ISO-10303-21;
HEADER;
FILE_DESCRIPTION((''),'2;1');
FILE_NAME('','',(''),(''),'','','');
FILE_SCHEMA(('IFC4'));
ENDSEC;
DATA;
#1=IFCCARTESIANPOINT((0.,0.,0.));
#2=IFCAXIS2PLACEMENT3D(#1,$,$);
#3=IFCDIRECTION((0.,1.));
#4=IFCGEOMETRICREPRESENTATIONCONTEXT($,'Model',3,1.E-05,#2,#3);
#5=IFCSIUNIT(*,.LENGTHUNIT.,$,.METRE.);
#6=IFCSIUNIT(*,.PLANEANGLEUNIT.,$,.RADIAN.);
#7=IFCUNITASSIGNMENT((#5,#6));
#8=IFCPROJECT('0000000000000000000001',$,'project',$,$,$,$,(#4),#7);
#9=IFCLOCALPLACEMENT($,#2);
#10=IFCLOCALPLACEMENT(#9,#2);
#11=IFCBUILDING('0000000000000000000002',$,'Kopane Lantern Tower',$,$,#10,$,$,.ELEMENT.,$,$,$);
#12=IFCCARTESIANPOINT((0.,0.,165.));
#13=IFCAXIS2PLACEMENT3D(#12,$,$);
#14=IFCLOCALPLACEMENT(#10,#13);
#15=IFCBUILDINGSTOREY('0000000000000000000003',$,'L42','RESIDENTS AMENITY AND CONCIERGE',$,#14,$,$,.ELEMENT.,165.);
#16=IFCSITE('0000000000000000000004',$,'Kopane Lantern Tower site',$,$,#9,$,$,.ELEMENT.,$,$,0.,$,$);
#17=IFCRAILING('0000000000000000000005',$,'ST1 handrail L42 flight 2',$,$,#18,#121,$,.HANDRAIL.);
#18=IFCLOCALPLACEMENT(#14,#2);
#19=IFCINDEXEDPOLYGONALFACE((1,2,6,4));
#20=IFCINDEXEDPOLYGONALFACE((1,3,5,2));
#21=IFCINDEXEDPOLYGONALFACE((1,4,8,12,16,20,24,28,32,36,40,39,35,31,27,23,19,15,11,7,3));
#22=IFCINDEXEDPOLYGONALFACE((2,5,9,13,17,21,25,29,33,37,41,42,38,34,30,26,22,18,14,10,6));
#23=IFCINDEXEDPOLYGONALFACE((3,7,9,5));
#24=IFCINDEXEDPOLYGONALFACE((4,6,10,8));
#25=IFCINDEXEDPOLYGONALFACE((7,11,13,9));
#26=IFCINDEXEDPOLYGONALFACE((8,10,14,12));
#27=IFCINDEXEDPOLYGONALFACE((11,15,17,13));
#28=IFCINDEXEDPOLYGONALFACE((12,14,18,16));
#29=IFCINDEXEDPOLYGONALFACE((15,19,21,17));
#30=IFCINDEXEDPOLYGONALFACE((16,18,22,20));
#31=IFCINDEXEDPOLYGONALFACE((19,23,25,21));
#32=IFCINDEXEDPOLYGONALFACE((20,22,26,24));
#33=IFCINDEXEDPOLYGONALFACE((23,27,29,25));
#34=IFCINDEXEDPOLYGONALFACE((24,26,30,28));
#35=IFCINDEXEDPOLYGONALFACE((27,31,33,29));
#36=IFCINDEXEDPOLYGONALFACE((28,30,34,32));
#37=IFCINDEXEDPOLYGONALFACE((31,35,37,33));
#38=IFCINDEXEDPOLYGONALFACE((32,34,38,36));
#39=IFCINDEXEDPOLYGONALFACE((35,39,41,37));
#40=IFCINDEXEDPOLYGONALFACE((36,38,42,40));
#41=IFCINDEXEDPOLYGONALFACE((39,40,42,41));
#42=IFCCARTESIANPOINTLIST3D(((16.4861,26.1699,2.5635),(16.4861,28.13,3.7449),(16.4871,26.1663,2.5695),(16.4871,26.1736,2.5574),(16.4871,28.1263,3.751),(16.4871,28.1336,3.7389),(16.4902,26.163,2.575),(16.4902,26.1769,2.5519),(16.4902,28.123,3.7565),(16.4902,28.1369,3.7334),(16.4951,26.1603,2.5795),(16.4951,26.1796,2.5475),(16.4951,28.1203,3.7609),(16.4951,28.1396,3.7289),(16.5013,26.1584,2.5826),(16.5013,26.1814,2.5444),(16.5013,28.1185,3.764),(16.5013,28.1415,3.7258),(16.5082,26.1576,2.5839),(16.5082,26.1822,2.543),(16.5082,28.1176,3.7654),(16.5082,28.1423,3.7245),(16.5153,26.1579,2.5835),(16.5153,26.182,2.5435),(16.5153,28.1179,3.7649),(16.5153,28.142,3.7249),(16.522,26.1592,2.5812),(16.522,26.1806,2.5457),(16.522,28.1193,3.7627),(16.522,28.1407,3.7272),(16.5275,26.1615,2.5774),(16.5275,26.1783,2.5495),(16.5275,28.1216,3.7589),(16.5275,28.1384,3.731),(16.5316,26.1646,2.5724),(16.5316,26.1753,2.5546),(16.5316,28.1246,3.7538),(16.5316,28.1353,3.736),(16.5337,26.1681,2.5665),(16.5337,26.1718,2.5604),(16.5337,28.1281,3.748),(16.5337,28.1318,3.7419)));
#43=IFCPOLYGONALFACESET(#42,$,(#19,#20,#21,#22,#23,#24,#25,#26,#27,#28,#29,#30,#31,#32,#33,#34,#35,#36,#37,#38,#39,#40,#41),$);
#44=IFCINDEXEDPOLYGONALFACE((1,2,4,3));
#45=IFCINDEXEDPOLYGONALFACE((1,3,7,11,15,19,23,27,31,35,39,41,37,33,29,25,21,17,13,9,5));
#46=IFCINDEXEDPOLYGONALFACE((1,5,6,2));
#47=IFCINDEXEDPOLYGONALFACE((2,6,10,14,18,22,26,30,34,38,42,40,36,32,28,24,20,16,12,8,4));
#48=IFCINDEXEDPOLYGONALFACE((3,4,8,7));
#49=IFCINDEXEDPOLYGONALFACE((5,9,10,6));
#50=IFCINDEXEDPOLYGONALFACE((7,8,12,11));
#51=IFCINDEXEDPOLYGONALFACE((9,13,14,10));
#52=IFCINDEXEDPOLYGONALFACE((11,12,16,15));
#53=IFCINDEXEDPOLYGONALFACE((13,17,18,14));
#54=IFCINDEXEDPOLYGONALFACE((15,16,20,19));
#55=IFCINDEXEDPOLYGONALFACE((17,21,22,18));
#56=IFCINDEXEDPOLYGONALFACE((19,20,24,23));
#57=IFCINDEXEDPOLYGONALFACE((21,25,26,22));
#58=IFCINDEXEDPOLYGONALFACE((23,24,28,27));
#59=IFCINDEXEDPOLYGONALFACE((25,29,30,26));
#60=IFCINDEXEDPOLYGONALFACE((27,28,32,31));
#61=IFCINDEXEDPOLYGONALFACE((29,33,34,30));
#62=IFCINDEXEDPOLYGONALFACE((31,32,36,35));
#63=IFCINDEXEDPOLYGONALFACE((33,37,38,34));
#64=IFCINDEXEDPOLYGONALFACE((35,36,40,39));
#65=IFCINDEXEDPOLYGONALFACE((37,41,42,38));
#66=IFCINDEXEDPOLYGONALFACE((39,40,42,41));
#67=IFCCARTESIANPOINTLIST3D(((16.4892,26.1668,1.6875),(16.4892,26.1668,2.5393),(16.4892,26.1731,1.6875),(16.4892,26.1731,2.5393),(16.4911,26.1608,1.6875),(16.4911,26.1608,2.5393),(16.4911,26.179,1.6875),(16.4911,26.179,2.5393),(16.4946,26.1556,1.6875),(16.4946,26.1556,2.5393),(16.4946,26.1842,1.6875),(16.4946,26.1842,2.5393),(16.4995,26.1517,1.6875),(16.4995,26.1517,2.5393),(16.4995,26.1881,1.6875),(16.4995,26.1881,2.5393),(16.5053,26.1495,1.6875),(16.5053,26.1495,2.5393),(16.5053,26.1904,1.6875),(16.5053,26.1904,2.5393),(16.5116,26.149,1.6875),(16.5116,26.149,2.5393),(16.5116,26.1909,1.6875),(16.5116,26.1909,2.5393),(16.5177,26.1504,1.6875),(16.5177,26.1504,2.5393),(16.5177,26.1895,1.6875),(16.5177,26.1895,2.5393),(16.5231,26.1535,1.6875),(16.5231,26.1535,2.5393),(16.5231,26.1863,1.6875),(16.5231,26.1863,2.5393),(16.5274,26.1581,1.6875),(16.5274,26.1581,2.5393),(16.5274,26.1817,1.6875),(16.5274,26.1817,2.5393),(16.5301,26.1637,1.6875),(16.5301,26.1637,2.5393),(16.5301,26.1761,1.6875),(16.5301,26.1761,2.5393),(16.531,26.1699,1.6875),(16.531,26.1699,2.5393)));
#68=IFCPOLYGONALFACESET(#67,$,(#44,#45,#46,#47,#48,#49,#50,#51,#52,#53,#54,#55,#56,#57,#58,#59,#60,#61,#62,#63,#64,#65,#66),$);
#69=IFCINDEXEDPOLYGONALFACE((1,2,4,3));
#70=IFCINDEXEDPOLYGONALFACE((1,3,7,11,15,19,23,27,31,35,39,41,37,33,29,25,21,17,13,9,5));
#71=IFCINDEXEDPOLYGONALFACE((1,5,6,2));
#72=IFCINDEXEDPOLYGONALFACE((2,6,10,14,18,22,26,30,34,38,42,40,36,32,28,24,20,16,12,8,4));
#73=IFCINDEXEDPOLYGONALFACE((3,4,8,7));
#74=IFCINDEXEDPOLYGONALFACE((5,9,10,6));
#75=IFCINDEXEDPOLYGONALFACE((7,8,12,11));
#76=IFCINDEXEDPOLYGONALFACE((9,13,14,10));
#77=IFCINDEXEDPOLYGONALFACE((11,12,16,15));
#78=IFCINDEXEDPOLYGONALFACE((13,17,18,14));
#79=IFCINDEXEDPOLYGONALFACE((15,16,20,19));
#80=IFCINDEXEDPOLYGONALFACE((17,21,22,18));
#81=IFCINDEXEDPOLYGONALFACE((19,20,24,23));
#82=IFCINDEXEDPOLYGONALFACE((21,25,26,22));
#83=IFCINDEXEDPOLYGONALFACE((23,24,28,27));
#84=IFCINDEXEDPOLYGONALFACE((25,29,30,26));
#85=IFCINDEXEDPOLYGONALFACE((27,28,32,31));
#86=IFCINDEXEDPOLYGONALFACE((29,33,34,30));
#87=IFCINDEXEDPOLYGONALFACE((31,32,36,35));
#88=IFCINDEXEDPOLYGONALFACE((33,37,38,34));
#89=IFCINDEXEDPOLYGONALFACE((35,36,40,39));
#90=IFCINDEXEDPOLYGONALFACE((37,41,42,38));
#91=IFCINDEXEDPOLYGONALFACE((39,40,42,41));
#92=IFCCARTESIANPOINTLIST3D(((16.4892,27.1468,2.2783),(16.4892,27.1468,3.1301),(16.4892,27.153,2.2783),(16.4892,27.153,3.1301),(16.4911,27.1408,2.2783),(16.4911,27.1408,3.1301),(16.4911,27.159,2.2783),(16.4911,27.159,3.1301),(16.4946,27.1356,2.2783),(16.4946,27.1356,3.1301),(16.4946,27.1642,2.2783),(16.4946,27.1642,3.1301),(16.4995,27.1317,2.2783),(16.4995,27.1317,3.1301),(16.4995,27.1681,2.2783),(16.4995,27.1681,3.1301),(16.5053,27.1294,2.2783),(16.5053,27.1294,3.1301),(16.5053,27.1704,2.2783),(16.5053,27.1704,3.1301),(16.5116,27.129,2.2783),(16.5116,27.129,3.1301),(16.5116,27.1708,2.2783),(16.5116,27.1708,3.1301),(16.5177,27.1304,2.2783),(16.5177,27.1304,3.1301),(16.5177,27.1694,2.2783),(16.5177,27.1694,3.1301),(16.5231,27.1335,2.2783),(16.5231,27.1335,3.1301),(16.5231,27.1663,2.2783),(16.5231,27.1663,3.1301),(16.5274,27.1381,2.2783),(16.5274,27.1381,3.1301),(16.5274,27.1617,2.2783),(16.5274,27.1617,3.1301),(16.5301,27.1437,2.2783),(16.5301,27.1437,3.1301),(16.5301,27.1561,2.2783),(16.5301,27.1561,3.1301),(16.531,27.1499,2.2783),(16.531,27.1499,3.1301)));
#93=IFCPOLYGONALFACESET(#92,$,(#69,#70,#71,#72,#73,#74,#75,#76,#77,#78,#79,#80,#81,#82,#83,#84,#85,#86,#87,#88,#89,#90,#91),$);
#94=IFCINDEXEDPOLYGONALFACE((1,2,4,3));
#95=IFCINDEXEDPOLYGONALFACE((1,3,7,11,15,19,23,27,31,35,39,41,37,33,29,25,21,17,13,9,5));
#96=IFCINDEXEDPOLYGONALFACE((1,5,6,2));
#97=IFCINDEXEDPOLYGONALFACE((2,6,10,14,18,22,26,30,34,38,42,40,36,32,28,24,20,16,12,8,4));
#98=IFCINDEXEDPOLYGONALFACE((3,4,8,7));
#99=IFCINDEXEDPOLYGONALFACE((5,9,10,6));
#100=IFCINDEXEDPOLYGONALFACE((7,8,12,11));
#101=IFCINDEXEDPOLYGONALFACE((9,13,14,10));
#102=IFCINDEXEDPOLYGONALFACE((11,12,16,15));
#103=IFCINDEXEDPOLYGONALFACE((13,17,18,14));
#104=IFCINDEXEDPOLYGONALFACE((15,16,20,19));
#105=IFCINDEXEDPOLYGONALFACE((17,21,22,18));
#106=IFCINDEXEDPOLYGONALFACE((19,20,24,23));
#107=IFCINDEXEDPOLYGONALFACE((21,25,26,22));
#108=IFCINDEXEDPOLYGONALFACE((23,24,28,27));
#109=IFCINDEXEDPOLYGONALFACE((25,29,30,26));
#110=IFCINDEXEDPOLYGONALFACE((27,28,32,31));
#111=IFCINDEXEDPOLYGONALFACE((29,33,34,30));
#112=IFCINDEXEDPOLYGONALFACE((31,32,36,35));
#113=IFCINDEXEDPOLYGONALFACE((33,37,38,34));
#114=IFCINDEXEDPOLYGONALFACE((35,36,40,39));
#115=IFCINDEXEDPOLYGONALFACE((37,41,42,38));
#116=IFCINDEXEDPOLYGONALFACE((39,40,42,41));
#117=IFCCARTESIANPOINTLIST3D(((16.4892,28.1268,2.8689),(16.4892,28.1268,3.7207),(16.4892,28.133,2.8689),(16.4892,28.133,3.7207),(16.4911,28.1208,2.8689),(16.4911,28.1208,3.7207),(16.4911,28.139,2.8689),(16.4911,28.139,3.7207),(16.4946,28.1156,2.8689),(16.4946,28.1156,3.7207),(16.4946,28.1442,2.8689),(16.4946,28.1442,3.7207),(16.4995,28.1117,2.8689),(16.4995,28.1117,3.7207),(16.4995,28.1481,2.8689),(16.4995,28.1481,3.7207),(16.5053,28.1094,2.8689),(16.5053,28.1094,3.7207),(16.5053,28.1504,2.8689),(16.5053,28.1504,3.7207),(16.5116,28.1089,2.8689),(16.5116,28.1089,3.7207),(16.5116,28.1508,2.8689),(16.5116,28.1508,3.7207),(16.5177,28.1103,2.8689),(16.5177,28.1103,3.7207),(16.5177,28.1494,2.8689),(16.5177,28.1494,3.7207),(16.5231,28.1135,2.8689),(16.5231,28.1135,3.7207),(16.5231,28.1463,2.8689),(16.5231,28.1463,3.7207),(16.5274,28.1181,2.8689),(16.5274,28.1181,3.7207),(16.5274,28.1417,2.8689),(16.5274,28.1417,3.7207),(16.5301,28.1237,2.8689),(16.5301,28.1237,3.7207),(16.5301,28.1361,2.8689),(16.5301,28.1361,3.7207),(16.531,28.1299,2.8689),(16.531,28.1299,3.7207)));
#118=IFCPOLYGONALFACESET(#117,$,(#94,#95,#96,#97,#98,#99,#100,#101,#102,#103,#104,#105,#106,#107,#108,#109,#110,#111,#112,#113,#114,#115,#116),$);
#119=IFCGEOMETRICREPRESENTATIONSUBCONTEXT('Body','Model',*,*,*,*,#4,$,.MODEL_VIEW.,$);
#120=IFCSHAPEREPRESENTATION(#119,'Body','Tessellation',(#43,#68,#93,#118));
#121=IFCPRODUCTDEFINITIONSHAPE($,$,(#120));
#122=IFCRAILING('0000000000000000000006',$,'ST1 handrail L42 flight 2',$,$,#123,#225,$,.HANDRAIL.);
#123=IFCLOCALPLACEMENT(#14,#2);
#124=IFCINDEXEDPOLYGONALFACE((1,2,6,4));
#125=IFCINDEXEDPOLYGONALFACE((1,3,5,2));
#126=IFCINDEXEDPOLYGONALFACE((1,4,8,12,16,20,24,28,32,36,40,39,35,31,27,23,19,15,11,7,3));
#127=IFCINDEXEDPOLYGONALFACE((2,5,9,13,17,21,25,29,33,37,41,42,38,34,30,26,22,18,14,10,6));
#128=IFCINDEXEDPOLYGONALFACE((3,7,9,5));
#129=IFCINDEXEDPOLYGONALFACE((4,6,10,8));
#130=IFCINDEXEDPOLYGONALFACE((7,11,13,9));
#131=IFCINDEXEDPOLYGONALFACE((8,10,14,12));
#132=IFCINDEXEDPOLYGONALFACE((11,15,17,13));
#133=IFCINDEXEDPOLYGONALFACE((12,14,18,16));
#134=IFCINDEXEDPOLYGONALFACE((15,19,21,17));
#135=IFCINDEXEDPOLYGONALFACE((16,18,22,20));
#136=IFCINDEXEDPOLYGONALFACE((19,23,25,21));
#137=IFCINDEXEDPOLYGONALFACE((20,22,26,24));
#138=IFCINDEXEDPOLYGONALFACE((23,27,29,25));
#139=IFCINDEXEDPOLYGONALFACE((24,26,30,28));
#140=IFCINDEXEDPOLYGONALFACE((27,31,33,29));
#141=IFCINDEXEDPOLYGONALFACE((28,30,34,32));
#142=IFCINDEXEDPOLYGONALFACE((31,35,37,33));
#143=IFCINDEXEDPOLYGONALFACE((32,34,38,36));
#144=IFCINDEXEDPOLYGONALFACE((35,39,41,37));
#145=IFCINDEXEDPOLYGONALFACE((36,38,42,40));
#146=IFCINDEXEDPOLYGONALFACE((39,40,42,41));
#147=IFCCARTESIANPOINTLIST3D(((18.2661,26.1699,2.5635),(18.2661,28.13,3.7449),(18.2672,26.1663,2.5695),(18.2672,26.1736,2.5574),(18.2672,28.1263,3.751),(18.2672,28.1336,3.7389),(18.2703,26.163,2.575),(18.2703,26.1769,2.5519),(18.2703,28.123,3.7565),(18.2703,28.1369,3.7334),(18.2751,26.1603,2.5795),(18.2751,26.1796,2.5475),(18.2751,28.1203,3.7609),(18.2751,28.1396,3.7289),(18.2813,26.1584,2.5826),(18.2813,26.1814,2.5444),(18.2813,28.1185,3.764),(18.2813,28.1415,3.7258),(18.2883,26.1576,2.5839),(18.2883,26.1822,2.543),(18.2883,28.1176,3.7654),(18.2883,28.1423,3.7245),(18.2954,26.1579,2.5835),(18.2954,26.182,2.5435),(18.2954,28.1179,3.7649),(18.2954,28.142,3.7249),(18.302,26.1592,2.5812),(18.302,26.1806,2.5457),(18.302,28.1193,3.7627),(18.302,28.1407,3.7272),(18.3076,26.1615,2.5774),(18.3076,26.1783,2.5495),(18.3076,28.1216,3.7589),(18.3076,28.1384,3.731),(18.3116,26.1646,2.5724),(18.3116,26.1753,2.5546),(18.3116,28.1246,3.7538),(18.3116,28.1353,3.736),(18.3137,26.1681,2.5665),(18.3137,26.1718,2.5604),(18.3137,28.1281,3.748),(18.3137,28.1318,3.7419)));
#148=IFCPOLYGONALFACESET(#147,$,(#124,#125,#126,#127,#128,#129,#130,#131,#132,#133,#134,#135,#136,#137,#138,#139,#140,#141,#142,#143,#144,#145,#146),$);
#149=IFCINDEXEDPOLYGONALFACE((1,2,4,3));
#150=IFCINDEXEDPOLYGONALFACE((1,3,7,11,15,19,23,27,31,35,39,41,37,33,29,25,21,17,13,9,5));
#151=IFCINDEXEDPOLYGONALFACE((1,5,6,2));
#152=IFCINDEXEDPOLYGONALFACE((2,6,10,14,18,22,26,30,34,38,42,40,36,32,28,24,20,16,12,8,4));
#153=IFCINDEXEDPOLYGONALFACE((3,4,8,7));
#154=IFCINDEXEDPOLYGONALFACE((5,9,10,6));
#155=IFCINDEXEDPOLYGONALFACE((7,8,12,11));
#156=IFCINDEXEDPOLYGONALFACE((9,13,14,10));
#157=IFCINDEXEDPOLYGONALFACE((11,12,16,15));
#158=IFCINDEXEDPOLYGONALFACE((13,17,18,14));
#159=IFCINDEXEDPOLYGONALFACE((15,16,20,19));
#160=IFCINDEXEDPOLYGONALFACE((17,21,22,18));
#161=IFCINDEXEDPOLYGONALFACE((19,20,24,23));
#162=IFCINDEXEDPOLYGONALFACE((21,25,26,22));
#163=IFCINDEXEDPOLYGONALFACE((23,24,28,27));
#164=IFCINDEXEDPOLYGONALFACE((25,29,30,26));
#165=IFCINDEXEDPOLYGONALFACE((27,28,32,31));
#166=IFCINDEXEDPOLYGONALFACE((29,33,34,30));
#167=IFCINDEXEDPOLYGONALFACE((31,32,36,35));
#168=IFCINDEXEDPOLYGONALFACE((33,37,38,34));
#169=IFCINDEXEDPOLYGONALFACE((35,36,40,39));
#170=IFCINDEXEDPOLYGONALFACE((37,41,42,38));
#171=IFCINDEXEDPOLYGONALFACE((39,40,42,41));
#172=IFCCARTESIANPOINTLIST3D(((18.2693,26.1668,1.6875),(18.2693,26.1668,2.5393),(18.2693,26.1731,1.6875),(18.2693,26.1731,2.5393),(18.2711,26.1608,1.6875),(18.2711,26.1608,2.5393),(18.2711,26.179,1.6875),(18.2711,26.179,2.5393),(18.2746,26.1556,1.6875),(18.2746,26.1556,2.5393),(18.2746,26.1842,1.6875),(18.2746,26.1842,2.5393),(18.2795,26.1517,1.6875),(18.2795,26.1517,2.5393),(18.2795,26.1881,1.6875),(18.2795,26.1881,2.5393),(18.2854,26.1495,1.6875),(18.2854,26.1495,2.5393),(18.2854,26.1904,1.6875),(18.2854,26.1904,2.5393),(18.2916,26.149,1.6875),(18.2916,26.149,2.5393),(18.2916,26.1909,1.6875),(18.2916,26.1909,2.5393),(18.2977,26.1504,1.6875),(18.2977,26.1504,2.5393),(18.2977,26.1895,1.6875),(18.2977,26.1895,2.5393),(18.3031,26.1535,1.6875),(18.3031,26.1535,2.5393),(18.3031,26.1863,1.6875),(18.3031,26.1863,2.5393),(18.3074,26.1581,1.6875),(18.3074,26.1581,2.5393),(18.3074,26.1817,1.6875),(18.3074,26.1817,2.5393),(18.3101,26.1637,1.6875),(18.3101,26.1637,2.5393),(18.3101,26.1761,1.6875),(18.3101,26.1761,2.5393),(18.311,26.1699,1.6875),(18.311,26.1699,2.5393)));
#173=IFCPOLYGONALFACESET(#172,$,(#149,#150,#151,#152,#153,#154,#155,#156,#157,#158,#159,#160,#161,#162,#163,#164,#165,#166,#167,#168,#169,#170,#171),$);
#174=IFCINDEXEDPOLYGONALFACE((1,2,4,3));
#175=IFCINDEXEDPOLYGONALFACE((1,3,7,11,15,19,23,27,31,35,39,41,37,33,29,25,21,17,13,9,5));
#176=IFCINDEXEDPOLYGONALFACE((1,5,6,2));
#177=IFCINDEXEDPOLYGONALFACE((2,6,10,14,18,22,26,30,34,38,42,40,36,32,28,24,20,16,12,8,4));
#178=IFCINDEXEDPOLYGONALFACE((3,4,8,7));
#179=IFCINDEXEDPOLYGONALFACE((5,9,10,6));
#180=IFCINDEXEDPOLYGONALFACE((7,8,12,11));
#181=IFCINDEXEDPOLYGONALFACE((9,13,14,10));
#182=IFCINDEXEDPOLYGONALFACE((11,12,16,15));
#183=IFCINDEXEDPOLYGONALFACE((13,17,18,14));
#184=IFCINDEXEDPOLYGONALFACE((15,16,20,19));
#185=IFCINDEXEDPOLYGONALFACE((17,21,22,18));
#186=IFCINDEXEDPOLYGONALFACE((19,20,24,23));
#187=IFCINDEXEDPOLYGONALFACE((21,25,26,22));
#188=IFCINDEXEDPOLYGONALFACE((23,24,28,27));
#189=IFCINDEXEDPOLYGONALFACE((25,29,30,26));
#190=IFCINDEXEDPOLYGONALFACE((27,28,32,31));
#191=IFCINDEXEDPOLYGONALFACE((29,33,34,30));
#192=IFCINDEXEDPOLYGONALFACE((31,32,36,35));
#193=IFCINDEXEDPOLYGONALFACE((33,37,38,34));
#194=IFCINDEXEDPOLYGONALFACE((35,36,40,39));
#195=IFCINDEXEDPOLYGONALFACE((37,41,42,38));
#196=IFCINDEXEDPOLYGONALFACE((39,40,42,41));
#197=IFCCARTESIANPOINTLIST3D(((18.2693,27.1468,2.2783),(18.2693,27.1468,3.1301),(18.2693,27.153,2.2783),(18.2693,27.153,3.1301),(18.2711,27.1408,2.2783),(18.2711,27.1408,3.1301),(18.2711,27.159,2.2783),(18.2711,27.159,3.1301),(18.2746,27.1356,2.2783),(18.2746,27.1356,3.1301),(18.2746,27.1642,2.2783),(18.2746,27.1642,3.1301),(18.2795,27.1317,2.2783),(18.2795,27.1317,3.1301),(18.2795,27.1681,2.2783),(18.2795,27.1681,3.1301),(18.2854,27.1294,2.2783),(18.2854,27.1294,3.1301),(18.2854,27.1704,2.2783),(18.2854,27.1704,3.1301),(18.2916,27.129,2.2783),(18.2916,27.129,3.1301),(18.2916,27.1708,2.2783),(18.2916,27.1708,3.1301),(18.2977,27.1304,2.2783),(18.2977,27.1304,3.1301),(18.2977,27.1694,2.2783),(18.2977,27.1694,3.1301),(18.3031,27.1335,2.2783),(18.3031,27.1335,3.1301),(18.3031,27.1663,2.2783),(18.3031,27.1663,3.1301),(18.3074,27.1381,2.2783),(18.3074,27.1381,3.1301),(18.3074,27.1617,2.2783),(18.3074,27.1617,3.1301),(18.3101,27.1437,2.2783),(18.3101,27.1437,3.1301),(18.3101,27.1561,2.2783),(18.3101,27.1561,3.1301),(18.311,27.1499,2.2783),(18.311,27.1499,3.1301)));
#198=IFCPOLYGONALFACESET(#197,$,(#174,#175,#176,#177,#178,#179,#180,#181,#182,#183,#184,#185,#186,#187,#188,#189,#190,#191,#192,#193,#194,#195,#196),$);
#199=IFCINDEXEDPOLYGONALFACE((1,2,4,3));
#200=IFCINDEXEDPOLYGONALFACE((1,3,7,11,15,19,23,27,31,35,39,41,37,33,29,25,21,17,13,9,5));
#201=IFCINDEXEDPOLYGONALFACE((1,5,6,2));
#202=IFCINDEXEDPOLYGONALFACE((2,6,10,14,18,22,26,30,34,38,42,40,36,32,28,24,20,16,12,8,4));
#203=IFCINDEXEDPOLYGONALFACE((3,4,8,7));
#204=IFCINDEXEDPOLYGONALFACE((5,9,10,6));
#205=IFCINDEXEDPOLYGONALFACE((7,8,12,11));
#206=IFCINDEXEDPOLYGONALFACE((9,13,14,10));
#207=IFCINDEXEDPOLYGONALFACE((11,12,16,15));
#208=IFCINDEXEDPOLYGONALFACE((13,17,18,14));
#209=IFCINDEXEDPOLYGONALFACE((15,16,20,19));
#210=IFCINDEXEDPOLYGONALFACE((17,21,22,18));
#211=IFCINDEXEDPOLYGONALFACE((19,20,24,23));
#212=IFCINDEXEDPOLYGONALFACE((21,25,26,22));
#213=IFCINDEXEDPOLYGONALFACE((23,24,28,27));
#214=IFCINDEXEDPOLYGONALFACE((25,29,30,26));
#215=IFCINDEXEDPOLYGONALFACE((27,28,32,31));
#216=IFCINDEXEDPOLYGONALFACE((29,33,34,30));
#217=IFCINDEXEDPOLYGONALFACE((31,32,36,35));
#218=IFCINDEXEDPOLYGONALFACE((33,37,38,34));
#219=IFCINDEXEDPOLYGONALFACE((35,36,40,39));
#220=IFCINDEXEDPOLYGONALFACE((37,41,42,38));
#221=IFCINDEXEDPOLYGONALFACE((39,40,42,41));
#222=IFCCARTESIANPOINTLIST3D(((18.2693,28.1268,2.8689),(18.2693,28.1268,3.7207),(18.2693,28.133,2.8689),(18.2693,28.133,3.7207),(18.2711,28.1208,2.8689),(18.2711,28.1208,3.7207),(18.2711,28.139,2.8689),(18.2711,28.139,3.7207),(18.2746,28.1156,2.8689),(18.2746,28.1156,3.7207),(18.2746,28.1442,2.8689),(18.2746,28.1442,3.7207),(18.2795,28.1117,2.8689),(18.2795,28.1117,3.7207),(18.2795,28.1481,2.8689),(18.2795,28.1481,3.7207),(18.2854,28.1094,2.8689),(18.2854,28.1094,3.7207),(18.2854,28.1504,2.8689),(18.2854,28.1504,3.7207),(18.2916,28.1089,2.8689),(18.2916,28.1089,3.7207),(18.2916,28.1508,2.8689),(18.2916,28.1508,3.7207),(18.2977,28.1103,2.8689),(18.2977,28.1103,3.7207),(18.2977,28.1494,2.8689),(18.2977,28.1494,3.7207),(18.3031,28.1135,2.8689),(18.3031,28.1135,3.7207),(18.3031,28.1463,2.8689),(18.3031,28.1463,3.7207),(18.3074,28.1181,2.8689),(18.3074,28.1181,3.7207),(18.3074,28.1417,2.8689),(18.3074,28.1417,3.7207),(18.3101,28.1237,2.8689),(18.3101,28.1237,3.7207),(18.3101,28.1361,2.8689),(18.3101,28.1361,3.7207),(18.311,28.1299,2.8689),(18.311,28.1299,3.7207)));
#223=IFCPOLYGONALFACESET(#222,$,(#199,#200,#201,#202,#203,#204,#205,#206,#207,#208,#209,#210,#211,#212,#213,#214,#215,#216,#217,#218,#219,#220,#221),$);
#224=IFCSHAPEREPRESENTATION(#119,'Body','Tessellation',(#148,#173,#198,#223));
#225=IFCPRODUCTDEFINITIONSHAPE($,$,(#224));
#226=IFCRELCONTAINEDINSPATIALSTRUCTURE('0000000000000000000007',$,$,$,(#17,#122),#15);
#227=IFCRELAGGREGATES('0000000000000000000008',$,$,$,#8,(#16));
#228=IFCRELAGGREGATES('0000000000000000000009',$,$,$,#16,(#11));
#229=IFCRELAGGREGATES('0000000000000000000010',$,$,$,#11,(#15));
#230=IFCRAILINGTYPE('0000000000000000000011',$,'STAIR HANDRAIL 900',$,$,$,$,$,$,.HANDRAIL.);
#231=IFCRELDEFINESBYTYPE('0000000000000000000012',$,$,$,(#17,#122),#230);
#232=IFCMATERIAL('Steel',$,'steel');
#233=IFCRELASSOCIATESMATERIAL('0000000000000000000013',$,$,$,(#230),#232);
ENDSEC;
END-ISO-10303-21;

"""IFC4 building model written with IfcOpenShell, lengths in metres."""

from ifc_helpers import new_model, si_unit, direction, frame, origin, origin_2d, place, context, subcontext, project, spatial, circle, extrude, material, type_object, element, save


model = new_model("IFC4")

# Units and contexts
model_context = context("Model", 3, precision=1e-05, world=origin(), true_north=direction((0.0, 1.0)))
body_context = subcontext(model_context, "Body", "Model", "MODEL_VIEW")
ifc_project = project(units=[si_unit("LENGTHUNIT", "METRE"), si_unit("PLANEANGLEUNIT", "RADIAN")], contexts=[model_context])

# Site, building, storey
site_placement = place(None, origin())
site = spatial("IfcSite", under=ifc_project, at=site_placement, Name="Kopane Lantern Tower site", CompositionType="ELEMENT", RefElevation=0.0)
building_placement = place(site_placement, origin())
building = spatial("IfcBuilding", under=site, at=building_placement, Name="Kopane Lantern Tower", CompositionType="ELEMENT")
storey_placement = place(building_placement, frame((0.0, 0.0, 165.0)))
storey = spatial("IfcBuildingStorey", under=building, at=storey_placement, Name="L42", Description="RESIDENTS AMENITY AND CONCIERGE", CompositionType="ELEMENT", Elevation=165.0)

# Railings
ifc_material_1 = material(Name="Steel", Category="steel")
railing_type_1 = type_object("IfcRailingType", Name="STAIR HANDRAIL 900", PredefinedType="HANDRAIL", material=ifc_material_1)
for number, where, name in (
    (1, (16.51, 26.1699, 1.6875), "ST1 handrail L42 flight 2"),
    (2, (18.29, 26.1699, 1.6875), "ST1 handrail L42 flight 2"),
):
    element("IfcRailing", number, at=place(storey_placement, frame(where)), inside=storey, type_object=railing_type_1, Name=name, PredefinedType="HANDRAIL", context=body_context, shape_type="SweptSolid", body=[
        extrude(circle(Radius=0.0239, at=origin_2d()), frame((0.0, 0.0, 0.876), z_axis=(0.0, 0.856446, 0.516236), x_axis=(-1.0, 0.0, 0.0)), (0.0, 0.0, 1.0), 2.2886),
        extrude(circle(Radius=0.021, at=origin_2d()), origin(), (0.0, 0.0, 1.0), 0.8518),
        extrude(circle(Radius=0.021, at=origin_2d()), frame((0.0, 0.98, 0.5908)), (0.0, 0.0, 1.0), 0.8518),
        extrude(circle(Radius=0.021, at=origin_2d()), frame((0.0, 1.96, 1.1814)), (0.0, 0.0, 1.0), 0.8518),
    ])

save(model, "model.ifc")
